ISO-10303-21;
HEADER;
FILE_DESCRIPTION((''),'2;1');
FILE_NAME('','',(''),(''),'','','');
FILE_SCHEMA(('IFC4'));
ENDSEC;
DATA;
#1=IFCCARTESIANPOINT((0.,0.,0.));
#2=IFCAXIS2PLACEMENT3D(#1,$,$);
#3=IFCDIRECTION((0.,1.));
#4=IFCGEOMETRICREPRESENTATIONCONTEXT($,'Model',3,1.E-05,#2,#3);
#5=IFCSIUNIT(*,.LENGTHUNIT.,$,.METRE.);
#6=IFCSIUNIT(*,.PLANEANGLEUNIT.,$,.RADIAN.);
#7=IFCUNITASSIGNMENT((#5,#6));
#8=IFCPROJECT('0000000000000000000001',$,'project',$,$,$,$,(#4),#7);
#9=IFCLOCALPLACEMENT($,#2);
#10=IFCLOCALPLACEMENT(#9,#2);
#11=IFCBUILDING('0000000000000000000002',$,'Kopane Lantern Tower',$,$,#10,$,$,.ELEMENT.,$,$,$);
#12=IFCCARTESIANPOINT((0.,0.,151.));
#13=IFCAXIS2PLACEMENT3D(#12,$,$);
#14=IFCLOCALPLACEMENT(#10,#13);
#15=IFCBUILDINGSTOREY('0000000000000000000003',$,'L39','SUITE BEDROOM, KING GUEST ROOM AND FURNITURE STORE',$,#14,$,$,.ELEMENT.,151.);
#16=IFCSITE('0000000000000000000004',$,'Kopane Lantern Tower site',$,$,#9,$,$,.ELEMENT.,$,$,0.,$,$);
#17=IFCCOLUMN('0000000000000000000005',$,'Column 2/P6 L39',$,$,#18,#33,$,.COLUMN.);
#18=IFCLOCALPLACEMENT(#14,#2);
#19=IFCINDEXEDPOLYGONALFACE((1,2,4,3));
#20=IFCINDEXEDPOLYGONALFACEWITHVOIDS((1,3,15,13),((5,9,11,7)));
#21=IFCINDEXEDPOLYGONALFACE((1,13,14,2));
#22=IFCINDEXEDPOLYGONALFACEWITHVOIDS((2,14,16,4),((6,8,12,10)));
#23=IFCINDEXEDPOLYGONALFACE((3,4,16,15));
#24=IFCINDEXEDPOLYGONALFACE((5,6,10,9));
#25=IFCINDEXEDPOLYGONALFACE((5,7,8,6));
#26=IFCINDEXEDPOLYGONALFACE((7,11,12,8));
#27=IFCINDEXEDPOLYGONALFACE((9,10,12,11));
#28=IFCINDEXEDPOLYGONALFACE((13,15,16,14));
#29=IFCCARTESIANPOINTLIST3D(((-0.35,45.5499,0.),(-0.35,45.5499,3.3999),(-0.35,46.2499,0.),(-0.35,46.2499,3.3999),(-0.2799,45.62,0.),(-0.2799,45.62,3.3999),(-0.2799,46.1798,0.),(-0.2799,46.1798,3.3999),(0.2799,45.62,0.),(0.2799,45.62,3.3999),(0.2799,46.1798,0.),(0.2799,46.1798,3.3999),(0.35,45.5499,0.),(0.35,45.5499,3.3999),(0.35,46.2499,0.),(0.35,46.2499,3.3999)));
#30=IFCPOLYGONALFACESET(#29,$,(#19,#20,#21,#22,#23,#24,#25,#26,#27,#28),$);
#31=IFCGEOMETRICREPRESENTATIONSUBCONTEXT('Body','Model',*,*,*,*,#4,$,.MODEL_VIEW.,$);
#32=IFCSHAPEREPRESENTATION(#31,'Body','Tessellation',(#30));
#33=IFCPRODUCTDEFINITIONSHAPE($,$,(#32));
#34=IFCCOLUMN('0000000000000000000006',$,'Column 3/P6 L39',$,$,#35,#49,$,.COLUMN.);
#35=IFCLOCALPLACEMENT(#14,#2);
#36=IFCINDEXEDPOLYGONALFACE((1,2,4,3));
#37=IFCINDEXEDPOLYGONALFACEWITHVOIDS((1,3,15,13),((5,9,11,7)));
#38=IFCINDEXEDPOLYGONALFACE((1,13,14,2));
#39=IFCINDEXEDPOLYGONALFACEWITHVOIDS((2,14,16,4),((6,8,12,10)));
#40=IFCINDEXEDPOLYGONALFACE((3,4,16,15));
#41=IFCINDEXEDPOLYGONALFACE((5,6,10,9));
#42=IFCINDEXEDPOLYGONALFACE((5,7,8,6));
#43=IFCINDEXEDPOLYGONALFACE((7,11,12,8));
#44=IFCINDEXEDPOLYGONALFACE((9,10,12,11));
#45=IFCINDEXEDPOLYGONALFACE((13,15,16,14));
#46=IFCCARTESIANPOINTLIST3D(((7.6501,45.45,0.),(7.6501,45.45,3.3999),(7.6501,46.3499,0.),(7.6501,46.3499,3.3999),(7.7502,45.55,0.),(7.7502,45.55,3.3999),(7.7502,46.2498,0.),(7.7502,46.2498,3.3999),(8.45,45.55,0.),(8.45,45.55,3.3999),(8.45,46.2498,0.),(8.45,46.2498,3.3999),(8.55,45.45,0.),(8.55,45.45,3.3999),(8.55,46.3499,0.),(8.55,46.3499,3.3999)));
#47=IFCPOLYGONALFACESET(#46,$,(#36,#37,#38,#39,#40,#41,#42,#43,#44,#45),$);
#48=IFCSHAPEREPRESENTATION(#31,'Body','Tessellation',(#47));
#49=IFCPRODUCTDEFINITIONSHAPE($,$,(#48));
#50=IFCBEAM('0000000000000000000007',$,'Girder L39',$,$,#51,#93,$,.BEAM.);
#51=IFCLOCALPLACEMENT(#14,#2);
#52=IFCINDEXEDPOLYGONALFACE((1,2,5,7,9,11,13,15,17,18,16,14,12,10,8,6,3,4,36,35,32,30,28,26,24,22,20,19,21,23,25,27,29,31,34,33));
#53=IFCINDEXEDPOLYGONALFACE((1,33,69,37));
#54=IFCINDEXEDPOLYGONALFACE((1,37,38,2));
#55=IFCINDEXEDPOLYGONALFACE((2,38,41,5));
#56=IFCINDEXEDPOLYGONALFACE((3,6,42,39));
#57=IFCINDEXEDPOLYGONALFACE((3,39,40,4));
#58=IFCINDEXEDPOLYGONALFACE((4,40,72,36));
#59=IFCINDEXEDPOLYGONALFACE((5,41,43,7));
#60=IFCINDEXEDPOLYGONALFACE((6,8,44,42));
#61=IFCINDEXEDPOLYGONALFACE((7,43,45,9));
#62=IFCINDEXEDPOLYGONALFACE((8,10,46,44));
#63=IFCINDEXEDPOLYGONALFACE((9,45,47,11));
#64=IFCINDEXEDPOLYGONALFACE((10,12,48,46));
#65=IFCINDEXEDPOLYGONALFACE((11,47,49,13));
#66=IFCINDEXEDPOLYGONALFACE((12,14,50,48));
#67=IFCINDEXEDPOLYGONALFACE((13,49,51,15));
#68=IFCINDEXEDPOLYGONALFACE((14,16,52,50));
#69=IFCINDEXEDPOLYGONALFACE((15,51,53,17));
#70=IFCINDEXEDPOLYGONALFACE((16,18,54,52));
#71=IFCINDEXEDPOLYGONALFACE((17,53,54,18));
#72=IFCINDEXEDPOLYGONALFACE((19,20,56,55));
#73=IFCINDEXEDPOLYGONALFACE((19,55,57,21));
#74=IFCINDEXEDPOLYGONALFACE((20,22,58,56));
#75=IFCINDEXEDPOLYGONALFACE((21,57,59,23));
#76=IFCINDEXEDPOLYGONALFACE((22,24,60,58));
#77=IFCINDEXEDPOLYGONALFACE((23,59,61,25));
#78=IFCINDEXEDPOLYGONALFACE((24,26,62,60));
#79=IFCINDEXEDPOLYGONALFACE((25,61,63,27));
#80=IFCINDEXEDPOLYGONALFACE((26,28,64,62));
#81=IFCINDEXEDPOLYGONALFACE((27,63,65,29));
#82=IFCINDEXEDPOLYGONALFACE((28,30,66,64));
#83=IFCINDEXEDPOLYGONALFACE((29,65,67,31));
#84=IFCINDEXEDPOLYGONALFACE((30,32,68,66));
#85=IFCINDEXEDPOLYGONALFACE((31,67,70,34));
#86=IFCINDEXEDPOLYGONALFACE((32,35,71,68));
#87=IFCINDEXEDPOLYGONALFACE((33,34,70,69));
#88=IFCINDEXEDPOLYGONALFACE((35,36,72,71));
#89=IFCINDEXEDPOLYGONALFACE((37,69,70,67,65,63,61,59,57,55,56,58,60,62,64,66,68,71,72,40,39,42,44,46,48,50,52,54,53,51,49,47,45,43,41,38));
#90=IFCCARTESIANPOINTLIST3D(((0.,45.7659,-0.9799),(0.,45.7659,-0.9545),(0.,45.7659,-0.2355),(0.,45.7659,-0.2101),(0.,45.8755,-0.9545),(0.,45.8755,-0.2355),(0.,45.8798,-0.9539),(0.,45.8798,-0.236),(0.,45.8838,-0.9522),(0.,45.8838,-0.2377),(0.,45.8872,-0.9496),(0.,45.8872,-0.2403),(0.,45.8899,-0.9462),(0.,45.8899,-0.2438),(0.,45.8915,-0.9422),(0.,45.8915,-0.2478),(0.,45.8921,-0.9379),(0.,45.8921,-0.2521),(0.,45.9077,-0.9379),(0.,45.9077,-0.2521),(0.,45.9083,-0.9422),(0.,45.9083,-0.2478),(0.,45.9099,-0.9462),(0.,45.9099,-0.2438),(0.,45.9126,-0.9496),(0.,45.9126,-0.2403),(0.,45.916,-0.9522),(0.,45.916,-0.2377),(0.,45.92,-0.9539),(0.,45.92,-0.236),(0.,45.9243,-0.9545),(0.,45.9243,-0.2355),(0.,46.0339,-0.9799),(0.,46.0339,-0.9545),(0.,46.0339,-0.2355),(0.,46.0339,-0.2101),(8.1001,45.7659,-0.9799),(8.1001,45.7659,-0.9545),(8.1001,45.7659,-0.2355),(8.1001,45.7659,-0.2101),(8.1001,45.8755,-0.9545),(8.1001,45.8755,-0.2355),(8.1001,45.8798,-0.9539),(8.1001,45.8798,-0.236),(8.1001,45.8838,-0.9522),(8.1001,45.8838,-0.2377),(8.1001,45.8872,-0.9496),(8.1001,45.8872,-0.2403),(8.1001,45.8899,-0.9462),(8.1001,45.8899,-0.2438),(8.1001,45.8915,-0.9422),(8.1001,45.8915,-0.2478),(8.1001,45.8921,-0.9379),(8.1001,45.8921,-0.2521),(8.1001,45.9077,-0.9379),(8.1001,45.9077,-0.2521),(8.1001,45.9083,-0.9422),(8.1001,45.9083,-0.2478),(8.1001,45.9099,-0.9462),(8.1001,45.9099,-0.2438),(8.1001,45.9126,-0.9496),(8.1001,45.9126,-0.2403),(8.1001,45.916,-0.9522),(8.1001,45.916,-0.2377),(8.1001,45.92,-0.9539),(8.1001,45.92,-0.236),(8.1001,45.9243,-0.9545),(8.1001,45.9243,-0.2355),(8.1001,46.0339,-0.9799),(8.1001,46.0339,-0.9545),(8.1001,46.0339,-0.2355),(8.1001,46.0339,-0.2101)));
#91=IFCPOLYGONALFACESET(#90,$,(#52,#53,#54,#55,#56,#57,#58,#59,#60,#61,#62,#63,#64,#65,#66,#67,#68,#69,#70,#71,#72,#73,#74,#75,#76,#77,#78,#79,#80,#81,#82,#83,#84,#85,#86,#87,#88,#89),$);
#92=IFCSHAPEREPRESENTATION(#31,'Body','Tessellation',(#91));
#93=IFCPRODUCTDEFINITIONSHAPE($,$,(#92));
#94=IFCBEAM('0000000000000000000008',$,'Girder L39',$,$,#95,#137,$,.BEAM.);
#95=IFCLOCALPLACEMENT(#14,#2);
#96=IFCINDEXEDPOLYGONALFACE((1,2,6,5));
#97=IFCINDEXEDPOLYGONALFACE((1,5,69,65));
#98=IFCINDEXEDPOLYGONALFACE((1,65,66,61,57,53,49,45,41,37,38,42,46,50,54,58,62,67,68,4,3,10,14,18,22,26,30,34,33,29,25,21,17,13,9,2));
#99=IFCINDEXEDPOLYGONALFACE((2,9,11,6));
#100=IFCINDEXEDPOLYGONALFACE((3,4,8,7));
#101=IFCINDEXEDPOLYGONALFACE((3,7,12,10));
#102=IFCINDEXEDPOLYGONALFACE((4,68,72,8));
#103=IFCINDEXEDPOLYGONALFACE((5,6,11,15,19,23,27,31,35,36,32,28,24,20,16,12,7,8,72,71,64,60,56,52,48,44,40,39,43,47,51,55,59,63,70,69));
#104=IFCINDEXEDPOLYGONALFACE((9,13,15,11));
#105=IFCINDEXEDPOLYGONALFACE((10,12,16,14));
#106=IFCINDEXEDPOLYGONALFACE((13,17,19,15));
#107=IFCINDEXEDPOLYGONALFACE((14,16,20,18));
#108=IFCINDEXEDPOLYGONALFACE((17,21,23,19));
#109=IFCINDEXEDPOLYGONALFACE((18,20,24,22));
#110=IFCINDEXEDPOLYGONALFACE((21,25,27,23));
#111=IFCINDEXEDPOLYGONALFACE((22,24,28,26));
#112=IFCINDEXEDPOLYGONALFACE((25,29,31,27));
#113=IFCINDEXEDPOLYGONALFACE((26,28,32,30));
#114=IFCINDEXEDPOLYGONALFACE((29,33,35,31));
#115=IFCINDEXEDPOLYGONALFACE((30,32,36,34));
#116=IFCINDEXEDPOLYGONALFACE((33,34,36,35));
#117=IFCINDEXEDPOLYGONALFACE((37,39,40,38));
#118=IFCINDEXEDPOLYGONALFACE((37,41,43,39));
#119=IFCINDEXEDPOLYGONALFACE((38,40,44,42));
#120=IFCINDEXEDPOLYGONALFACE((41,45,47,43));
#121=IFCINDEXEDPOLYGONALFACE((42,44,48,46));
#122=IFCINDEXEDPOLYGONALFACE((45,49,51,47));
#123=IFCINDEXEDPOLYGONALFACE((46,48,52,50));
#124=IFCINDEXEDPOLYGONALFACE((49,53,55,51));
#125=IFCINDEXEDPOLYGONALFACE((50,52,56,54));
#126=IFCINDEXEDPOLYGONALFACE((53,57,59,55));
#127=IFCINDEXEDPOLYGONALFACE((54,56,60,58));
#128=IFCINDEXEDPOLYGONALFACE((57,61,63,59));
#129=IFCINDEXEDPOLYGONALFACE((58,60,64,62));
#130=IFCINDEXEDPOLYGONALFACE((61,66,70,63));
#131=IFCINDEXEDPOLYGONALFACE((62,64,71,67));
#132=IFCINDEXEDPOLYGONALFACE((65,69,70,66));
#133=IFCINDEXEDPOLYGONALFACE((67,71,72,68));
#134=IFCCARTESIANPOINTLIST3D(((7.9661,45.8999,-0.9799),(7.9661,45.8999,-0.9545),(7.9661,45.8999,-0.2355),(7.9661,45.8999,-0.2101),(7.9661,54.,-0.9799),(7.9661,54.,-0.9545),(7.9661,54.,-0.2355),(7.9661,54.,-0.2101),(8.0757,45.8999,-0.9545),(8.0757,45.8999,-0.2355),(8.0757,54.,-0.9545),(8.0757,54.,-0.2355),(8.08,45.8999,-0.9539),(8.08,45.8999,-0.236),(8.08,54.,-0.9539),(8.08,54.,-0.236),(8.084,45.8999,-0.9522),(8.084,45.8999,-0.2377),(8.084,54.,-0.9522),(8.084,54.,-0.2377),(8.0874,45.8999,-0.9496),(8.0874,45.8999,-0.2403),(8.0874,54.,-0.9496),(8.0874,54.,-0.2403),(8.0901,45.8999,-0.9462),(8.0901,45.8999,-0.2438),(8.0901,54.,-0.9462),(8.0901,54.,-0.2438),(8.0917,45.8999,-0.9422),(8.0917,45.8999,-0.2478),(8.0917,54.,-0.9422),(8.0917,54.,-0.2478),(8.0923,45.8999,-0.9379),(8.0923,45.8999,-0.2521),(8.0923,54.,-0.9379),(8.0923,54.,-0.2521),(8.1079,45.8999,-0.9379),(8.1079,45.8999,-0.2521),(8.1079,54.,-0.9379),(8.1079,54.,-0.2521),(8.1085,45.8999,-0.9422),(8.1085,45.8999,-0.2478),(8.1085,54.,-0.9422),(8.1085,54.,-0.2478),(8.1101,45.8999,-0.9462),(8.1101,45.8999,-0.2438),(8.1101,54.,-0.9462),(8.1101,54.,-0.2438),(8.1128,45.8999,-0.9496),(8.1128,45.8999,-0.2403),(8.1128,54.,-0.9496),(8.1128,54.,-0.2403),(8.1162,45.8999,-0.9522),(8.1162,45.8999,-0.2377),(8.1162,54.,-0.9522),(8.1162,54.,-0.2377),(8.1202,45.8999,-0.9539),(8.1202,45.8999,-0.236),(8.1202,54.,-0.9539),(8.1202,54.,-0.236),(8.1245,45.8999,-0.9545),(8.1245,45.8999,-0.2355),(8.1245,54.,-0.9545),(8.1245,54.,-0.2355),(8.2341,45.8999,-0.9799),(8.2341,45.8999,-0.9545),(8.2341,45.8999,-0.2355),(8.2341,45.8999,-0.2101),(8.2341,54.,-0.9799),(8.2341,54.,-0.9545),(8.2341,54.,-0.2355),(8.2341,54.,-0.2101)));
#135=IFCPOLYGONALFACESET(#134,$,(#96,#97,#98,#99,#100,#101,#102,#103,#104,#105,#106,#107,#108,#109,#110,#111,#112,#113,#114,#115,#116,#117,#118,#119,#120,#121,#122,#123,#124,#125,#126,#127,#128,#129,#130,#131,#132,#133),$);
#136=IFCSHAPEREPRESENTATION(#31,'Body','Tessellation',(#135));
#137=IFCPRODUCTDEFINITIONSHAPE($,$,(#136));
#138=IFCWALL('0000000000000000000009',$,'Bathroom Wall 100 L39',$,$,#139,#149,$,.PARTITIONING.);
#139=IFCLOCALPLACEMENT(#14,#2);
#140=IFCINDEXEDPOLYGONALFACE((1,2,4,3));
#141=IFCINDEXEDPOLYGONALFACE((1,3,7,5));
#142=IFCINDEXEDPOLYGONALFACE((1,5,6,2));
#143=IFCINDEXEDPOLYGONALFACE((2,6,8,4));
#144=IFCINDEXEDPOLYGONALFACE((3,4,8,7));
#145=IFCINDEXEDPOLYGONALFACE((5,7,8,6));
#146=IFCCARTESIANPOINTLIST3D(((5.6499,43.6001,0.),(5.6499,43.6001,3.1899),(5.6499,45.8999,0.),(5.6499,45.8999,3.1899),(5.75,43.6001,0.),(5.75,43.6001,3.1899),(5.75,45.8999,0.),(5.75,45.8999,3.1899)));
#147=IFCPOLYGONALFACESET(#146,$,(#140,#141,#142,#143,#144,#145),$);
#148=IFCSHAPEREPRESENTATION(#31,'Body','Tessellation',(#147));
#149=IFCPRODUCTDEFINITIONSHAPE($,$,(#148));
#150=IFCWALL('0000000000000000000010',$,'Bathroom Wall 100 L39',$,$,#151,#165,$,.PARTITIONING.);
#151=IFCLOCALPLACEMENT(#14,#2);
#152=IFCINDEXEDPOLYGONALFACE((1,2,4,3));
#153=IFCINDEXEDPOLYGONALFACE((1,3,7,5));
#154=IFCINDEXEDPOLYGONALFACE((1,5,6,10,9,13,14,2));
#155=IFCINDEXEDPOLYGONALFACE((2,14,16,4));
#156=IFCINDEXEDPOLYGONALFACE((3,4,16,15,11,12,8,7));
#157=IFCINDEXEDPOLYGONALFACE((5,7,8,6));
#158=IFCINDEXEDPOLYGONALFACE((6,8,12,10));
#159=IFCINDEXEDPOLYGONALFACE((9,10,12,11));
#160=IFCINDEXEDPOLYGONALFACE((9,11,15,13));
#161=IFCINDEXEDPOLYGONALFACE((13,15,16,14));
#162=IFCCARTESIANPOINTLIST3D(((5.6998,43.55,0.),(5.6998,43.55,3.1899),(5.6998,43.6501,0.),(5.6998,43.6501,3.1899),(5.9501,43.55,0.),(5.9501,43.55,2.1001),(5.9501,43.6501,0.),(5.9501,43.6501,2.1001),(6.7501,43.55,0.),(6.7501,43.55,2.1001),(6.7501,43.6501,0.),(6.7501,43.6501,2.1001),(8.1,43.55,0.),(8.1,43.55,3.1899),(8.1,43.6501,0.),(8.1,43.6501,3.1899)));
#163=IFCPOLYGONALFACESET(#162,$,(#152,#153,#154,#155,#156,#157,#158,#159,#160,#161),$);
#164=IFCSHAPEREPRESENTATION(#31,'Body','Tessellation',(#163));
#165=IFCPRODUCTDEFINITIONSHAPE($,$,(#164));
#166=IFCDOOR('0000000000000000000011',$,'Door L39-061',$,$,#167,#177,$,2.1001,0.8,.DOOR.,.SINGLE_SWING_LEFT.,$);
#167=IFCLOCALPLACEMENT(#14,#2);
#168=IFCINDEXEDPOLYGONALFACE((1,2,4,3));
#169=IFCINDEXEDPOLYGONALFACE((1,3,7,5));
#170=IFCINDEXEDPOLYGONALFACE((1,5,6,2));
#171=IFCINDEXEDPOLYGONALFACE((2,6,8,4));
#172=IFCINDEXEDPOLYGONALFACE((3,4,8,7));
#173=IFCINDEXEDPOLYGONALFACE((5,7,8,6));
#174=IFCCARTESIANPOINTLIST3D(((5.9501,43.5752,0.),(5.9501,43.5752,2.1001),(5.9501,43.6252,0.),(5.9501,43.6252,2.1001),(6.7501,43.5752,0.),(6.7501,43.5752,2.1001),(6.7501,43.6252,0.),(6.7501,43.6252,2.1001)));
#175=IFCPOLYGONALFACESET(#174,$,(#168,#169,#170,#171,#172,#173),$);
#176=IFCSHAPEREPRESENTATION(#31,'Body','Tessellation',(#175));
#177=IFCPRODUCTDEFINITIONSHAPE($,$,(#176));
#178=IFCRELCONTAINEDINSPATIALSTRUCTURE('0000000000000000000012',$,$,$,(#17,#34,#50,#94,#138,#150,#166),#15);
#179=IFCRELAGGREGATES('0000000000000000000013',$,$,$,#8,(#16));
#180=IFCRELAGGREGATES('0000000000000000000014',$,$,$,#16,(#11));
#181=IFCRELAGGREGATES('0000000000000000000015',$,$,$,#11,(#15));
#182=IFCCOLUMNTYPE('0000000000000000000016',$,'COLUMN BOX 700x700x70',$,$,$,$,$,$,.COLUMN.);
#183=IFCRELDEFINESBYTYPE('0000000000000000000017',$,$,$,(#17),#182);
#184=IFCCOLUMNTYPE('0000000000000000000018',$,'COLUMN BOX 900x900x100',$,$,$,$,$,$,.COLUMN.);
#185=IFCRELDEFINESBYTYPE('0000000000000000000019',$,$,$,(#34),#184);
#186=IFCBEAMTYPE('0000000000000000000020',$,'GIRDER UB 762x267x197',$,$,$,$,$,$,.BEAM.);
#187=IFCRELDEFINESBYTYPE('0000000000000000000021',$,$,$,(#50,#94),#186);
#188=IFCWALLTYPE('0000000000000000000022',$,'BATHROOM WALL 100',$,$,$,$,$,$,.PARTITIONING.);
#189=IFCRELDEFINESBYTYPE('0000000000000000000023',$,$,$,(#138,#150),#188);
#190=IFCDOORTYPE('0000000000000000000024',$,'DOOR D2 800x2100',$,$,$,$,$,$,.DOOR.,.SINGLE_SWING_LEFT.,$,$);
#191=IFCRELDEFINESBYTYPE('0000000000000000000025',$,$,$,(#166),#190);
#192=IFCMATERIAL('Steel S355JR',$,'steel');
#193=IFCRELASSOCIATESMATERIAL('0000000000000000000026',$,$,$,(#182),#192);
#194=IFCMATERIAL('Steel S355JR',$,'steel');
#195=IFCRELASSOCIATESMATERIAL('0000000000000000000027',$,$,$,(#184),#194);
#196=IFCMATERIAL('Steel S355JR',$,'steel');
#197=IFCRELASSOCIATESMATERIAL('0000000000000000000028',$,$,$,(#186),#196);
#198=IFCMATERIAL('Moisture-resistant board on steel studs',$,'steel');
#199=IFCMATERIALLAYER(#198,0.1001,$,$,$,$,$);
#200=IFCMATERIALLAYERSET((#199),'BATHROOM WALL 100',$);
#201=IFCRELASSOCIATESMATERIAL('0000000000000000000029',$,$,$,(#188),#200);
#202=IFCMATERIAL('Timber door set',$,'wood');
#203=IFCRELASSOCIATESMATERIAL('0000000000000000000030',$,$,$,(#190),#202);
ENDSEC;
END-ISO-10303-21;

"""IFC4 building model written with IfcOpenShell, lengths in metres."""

from ifc_helpers import new_model, si_unit, direction, frame, frame_2d, origin, origin_2d, place, context, subcontext, project, spatial, rectangle, hollow_rectangle, i_section, extrude, material, layer, layer_set, material_profile, profile_set, type_object, element, fill, save


model = new_model("IFC4")

# Units and contexts
model_context = context("Model", 3, precision=1e-05, world=origin(), true_north=direction((0.0, 1.0)))
body_context = subcontext(model_context, "Body", "Model", "MODEL_VIEW")
ifc_project = project(units=[si_unit("LENGTHUNIT", "METRE"), si_unit("PLANEANGLEUNIT", "RADIAN")], contexts=[model_context])

# Site, building, storey
site_placement = place(None, origin())
site = spatial("IfcSite", under=ifc_project, at=site_placement, Name="Kopane Lantern Tower site", CompositionType="ELEMENT", RefElevation=0.0)
building_placement = place(site_placement, origin())
building = spatial("IfcBuilding", under=site, at=building_placement, Name="Kopane Lantern Tower", CompositionType="ELEMENT")
storey_placement = place(building_placement, frame((0.0, 0.0, 151.0)))
storey = spatial("IfcBuildingStorey", under=building, at=storey_placement, Name="L39", Description="SUITE BEDROOM, KING GUEST ROOM AND FURNITURE STORE", CompositionType="ELEMENT", Elevation=151.0)

# Columns
ifc_material_1 = material(Name="Steel S355JR", Category="steel")
ifc_material_profile_1 = material_profile(ifc_material_1, hollow_rectangle(XDim=0.7, YDim=0.7, WallThickness=0.0701, at=origin_2d()), Name="BOX 700x700x70")
ifc_profile_set_1 = profile_set([ifc_material_profile_1], Name="Steel S355JR")
column_type_1 = type_object("IfcColumnType", Name="COLUMN BOX 700x700x70", PredefinedType="COLUMN", material=ifc_profile_set_1)
column_1_placement = place(storey_placement, frame((0.0, 45.8999, 0.0), z_axis=(0.0, 0.0, 1.0), x_axis=(1.0, 0.0, 0.0)))
element("IfcColumn", 1, at=column_1_placement, inside=storey, type_object=column_type_1, Name="Column 2/P6 L39", PredefinedType="COLUMN", context=body_context, shape_type="SweptSolid", body=[
    extrude(hollow_rectangle(XDim=0.7, YDim=0.7, WallThickness=0.0701, at=origin_2d()), origin(), (0.0, 0.0, 1.0), 3.3999),
])
ifc_material_2 = material(Name="Steel S355JR", Category="steel")
ifc_material_profile_2 = material_profile(ifc_material_2, hollow_rectangle(XDim=0.8999, YDim=0.8999, WallThickness=0.1001, at=origin_2d()), Name="BOX 900x900x100")
ifc_profile_set_2 = profile_set([ifc_material_profile_2], Name="Steel S355JR")
column_type_2 = type_object("IfcColumnType", Name="COLUMN BOX 900x900x100", PredefinedType="COLUMN", material=ifc_profile_set_2)
column_2_placement = place(storey_placement, frame((8.1001, 45.8999, 0.0), z_axis=(0.0, 0.0, 1.0), x_axis=(1.0, 0.0, 0.0)))
element("IfcColumn", 2, at=column_2_placement, inside=storey, type_object=column_type_2, Name="Column 3/P6 L39", PredefinedType="COLUMN", context=body_context, shape_type="SweptSolid", body=[
    extrude(hollow_rectangle(XDim=0.8999, YDim=0.8999, WallThickness=0.1001, at=origin_2d()), origin(), (0.0, 0.0, 1.0), 3.3999),
])

# Beams
ifc_material_3 = material(Name="Steel S355JR", Category="steel")
ifc_material_profile_3 = material_profile(ifc_material_3, i_section(OverallWidth=0.2681, OverallDepth=0.7698, WebThickness=0.0156, FlangeThickness=0.0254, FilletRadius=0.0166, at=origin_2d()), Name="UB 762x267x197")
ifc_profile_set_3 = profile_set([ifc_material_profile_3], Name="Steel S355JR")
beam_type = type_object("IfcBeamType", Name="GIRDER UB 762x267x197", PredefinedType="BEAM", material=ifc_profile_set_3)
for number, where, z_axis, x_axis, name in (
    (3, (0.0, 45.8999, -0.595), (1.0, 0.0, 0.0), (0.0, 1.0, 0.0), "Girder L39"),
    (4, (8.1001, 45.8999, -0.595), (0.0, 1.0, 0.0), (-1.0, 0.0, 0.0), "Girder L39"),
):
    element("IfcBeam", number, at=place(storey_placement, frame(where, z_axis=z_axis, x_axis=x_axis)), inside=storey, type_object=beam_type, Name=name, PredefinedType="BEAM", context=body_context, shape_type="SweptSolid", body=[
        extrude(i_section(OverallWidth=0.2681, OverallDepth=0.7698, WebThickness=0.0156, FlangeThickness=0.0254, FilletRadius=0.0166, at=origin_2d()), origin(), (0.0, 0.0, 1.0), 8.1001),
    ])

# Wall
ifc_material_4 = material(Name="Moisture-resistant board on steel studs", Category="steel")
ifc_layer_1 = layer(ifc_material_4, 0.1001)
ifc_layer_set_1 = layer_set([ifc_layer_1], Name="BATHROOM WALL 100")
wall_type_1 = type_object("IfcWallType", Name="BATHROOM WALL 100", PredefinedType="PARTITIONING", material=ifc_layer_set_1)
wall_1_placement = place(storey_placement, frame((5.7, 43.6001, 0.0), z_axis=(0.0, 0.0, 1.0), x_axis=(0.0, 1.0, 0.0)))
element("IfcWall", 5, at=wall_1_placement, inside=storey, type_object=wall_type_1, Name="Bathroom Wall 100 L39", PredefinedType="PARTITIONING", context=body_context, shape_type="SweptSolid", body=[
    extrude(rectangle(XDim=2.2998, YDim=0.1001, at=frame_2d((1.1499, 0.0))), origin(), (0.0, 0.0, 1.0), 3.1899),
])

# Wall, opening, door
wall_2_placement = place(storey_placement, frame((8.1001, 43.6001, 0.0), z_axis=(0.0, 0.0, 1.0), x_axis=(-1.0, 0.0, 0.0)))
wall_2 = element("IfcWall", 6, at=wall_2_placement, inside=storey, type_object=wall_type_1, Name="Bathroom Wall 100 L39", PredefinedType="PARTITIONING", context=body_context, shape_type="SweptSolid", body=[
    extrude(rectangle(XDim=2.4001, YDim=0.1001, at=frame_2d((1.2002, 0.0))), origin(), (0.0, 0.0, 1.0), 3.1899),
])
opening_1_placement = place(wall_2_placement, frame((1.3501, 0.0, 0.0)))
opening_1 = element("IfcOpeningElement", 7, at=opening_1_placement, cuts=wall_2, PredefinedType="OPENING", context=body_context, shape_type="SweptSolid", body=[
    extrude(rectangle(XDim=0.8, YDim=2.1001, at=frame_2d((0.3999, 1.05))), frame((0.0, 0.0601, 0.0), z_axis=(0.0, -1.0, 0.0), x_axis=(1.0, 0.0, 0.0)), (0.0, 0.0, 1.0), 0.1201),
])
ifc_material_5 = material(Name="Timber door set", Category="wood")
door_type_1 = type_object("IfcDoorType", Name="DOOR D2 800x2100", OperationType="SINGLE_SWING_LEFT", PredefinedType="DOOR", material=ifc_material_5)
door_1_placement = place(opening_1_placement, origin())
door_1 = element("IfcDoor", 8, at=door_1_placement, inside=storey, type_object=door_type_1, Name="Door L39-061", OperationType="SINGLE_SWING_LEFT", OverallHeight=2.1001, OverallWidth=0.8, PredefinedType="DOOR", context=body_context, shape_type="SweptSolid", body=[
    extrude(rectangle(XDim=0.8, YDim=2.1001, at=frame_2d((0.3999, 1.05))), frame((0.0, 0.0249, 0.0), z_axis=(0.0, -1.0, 0.0), x_axis=(1.0, 0.0, 0.0)), (0.0, 0.0, 1.0), 0.05),
])
fill(opening_1, door_1)

save(model, "model.ifc")
